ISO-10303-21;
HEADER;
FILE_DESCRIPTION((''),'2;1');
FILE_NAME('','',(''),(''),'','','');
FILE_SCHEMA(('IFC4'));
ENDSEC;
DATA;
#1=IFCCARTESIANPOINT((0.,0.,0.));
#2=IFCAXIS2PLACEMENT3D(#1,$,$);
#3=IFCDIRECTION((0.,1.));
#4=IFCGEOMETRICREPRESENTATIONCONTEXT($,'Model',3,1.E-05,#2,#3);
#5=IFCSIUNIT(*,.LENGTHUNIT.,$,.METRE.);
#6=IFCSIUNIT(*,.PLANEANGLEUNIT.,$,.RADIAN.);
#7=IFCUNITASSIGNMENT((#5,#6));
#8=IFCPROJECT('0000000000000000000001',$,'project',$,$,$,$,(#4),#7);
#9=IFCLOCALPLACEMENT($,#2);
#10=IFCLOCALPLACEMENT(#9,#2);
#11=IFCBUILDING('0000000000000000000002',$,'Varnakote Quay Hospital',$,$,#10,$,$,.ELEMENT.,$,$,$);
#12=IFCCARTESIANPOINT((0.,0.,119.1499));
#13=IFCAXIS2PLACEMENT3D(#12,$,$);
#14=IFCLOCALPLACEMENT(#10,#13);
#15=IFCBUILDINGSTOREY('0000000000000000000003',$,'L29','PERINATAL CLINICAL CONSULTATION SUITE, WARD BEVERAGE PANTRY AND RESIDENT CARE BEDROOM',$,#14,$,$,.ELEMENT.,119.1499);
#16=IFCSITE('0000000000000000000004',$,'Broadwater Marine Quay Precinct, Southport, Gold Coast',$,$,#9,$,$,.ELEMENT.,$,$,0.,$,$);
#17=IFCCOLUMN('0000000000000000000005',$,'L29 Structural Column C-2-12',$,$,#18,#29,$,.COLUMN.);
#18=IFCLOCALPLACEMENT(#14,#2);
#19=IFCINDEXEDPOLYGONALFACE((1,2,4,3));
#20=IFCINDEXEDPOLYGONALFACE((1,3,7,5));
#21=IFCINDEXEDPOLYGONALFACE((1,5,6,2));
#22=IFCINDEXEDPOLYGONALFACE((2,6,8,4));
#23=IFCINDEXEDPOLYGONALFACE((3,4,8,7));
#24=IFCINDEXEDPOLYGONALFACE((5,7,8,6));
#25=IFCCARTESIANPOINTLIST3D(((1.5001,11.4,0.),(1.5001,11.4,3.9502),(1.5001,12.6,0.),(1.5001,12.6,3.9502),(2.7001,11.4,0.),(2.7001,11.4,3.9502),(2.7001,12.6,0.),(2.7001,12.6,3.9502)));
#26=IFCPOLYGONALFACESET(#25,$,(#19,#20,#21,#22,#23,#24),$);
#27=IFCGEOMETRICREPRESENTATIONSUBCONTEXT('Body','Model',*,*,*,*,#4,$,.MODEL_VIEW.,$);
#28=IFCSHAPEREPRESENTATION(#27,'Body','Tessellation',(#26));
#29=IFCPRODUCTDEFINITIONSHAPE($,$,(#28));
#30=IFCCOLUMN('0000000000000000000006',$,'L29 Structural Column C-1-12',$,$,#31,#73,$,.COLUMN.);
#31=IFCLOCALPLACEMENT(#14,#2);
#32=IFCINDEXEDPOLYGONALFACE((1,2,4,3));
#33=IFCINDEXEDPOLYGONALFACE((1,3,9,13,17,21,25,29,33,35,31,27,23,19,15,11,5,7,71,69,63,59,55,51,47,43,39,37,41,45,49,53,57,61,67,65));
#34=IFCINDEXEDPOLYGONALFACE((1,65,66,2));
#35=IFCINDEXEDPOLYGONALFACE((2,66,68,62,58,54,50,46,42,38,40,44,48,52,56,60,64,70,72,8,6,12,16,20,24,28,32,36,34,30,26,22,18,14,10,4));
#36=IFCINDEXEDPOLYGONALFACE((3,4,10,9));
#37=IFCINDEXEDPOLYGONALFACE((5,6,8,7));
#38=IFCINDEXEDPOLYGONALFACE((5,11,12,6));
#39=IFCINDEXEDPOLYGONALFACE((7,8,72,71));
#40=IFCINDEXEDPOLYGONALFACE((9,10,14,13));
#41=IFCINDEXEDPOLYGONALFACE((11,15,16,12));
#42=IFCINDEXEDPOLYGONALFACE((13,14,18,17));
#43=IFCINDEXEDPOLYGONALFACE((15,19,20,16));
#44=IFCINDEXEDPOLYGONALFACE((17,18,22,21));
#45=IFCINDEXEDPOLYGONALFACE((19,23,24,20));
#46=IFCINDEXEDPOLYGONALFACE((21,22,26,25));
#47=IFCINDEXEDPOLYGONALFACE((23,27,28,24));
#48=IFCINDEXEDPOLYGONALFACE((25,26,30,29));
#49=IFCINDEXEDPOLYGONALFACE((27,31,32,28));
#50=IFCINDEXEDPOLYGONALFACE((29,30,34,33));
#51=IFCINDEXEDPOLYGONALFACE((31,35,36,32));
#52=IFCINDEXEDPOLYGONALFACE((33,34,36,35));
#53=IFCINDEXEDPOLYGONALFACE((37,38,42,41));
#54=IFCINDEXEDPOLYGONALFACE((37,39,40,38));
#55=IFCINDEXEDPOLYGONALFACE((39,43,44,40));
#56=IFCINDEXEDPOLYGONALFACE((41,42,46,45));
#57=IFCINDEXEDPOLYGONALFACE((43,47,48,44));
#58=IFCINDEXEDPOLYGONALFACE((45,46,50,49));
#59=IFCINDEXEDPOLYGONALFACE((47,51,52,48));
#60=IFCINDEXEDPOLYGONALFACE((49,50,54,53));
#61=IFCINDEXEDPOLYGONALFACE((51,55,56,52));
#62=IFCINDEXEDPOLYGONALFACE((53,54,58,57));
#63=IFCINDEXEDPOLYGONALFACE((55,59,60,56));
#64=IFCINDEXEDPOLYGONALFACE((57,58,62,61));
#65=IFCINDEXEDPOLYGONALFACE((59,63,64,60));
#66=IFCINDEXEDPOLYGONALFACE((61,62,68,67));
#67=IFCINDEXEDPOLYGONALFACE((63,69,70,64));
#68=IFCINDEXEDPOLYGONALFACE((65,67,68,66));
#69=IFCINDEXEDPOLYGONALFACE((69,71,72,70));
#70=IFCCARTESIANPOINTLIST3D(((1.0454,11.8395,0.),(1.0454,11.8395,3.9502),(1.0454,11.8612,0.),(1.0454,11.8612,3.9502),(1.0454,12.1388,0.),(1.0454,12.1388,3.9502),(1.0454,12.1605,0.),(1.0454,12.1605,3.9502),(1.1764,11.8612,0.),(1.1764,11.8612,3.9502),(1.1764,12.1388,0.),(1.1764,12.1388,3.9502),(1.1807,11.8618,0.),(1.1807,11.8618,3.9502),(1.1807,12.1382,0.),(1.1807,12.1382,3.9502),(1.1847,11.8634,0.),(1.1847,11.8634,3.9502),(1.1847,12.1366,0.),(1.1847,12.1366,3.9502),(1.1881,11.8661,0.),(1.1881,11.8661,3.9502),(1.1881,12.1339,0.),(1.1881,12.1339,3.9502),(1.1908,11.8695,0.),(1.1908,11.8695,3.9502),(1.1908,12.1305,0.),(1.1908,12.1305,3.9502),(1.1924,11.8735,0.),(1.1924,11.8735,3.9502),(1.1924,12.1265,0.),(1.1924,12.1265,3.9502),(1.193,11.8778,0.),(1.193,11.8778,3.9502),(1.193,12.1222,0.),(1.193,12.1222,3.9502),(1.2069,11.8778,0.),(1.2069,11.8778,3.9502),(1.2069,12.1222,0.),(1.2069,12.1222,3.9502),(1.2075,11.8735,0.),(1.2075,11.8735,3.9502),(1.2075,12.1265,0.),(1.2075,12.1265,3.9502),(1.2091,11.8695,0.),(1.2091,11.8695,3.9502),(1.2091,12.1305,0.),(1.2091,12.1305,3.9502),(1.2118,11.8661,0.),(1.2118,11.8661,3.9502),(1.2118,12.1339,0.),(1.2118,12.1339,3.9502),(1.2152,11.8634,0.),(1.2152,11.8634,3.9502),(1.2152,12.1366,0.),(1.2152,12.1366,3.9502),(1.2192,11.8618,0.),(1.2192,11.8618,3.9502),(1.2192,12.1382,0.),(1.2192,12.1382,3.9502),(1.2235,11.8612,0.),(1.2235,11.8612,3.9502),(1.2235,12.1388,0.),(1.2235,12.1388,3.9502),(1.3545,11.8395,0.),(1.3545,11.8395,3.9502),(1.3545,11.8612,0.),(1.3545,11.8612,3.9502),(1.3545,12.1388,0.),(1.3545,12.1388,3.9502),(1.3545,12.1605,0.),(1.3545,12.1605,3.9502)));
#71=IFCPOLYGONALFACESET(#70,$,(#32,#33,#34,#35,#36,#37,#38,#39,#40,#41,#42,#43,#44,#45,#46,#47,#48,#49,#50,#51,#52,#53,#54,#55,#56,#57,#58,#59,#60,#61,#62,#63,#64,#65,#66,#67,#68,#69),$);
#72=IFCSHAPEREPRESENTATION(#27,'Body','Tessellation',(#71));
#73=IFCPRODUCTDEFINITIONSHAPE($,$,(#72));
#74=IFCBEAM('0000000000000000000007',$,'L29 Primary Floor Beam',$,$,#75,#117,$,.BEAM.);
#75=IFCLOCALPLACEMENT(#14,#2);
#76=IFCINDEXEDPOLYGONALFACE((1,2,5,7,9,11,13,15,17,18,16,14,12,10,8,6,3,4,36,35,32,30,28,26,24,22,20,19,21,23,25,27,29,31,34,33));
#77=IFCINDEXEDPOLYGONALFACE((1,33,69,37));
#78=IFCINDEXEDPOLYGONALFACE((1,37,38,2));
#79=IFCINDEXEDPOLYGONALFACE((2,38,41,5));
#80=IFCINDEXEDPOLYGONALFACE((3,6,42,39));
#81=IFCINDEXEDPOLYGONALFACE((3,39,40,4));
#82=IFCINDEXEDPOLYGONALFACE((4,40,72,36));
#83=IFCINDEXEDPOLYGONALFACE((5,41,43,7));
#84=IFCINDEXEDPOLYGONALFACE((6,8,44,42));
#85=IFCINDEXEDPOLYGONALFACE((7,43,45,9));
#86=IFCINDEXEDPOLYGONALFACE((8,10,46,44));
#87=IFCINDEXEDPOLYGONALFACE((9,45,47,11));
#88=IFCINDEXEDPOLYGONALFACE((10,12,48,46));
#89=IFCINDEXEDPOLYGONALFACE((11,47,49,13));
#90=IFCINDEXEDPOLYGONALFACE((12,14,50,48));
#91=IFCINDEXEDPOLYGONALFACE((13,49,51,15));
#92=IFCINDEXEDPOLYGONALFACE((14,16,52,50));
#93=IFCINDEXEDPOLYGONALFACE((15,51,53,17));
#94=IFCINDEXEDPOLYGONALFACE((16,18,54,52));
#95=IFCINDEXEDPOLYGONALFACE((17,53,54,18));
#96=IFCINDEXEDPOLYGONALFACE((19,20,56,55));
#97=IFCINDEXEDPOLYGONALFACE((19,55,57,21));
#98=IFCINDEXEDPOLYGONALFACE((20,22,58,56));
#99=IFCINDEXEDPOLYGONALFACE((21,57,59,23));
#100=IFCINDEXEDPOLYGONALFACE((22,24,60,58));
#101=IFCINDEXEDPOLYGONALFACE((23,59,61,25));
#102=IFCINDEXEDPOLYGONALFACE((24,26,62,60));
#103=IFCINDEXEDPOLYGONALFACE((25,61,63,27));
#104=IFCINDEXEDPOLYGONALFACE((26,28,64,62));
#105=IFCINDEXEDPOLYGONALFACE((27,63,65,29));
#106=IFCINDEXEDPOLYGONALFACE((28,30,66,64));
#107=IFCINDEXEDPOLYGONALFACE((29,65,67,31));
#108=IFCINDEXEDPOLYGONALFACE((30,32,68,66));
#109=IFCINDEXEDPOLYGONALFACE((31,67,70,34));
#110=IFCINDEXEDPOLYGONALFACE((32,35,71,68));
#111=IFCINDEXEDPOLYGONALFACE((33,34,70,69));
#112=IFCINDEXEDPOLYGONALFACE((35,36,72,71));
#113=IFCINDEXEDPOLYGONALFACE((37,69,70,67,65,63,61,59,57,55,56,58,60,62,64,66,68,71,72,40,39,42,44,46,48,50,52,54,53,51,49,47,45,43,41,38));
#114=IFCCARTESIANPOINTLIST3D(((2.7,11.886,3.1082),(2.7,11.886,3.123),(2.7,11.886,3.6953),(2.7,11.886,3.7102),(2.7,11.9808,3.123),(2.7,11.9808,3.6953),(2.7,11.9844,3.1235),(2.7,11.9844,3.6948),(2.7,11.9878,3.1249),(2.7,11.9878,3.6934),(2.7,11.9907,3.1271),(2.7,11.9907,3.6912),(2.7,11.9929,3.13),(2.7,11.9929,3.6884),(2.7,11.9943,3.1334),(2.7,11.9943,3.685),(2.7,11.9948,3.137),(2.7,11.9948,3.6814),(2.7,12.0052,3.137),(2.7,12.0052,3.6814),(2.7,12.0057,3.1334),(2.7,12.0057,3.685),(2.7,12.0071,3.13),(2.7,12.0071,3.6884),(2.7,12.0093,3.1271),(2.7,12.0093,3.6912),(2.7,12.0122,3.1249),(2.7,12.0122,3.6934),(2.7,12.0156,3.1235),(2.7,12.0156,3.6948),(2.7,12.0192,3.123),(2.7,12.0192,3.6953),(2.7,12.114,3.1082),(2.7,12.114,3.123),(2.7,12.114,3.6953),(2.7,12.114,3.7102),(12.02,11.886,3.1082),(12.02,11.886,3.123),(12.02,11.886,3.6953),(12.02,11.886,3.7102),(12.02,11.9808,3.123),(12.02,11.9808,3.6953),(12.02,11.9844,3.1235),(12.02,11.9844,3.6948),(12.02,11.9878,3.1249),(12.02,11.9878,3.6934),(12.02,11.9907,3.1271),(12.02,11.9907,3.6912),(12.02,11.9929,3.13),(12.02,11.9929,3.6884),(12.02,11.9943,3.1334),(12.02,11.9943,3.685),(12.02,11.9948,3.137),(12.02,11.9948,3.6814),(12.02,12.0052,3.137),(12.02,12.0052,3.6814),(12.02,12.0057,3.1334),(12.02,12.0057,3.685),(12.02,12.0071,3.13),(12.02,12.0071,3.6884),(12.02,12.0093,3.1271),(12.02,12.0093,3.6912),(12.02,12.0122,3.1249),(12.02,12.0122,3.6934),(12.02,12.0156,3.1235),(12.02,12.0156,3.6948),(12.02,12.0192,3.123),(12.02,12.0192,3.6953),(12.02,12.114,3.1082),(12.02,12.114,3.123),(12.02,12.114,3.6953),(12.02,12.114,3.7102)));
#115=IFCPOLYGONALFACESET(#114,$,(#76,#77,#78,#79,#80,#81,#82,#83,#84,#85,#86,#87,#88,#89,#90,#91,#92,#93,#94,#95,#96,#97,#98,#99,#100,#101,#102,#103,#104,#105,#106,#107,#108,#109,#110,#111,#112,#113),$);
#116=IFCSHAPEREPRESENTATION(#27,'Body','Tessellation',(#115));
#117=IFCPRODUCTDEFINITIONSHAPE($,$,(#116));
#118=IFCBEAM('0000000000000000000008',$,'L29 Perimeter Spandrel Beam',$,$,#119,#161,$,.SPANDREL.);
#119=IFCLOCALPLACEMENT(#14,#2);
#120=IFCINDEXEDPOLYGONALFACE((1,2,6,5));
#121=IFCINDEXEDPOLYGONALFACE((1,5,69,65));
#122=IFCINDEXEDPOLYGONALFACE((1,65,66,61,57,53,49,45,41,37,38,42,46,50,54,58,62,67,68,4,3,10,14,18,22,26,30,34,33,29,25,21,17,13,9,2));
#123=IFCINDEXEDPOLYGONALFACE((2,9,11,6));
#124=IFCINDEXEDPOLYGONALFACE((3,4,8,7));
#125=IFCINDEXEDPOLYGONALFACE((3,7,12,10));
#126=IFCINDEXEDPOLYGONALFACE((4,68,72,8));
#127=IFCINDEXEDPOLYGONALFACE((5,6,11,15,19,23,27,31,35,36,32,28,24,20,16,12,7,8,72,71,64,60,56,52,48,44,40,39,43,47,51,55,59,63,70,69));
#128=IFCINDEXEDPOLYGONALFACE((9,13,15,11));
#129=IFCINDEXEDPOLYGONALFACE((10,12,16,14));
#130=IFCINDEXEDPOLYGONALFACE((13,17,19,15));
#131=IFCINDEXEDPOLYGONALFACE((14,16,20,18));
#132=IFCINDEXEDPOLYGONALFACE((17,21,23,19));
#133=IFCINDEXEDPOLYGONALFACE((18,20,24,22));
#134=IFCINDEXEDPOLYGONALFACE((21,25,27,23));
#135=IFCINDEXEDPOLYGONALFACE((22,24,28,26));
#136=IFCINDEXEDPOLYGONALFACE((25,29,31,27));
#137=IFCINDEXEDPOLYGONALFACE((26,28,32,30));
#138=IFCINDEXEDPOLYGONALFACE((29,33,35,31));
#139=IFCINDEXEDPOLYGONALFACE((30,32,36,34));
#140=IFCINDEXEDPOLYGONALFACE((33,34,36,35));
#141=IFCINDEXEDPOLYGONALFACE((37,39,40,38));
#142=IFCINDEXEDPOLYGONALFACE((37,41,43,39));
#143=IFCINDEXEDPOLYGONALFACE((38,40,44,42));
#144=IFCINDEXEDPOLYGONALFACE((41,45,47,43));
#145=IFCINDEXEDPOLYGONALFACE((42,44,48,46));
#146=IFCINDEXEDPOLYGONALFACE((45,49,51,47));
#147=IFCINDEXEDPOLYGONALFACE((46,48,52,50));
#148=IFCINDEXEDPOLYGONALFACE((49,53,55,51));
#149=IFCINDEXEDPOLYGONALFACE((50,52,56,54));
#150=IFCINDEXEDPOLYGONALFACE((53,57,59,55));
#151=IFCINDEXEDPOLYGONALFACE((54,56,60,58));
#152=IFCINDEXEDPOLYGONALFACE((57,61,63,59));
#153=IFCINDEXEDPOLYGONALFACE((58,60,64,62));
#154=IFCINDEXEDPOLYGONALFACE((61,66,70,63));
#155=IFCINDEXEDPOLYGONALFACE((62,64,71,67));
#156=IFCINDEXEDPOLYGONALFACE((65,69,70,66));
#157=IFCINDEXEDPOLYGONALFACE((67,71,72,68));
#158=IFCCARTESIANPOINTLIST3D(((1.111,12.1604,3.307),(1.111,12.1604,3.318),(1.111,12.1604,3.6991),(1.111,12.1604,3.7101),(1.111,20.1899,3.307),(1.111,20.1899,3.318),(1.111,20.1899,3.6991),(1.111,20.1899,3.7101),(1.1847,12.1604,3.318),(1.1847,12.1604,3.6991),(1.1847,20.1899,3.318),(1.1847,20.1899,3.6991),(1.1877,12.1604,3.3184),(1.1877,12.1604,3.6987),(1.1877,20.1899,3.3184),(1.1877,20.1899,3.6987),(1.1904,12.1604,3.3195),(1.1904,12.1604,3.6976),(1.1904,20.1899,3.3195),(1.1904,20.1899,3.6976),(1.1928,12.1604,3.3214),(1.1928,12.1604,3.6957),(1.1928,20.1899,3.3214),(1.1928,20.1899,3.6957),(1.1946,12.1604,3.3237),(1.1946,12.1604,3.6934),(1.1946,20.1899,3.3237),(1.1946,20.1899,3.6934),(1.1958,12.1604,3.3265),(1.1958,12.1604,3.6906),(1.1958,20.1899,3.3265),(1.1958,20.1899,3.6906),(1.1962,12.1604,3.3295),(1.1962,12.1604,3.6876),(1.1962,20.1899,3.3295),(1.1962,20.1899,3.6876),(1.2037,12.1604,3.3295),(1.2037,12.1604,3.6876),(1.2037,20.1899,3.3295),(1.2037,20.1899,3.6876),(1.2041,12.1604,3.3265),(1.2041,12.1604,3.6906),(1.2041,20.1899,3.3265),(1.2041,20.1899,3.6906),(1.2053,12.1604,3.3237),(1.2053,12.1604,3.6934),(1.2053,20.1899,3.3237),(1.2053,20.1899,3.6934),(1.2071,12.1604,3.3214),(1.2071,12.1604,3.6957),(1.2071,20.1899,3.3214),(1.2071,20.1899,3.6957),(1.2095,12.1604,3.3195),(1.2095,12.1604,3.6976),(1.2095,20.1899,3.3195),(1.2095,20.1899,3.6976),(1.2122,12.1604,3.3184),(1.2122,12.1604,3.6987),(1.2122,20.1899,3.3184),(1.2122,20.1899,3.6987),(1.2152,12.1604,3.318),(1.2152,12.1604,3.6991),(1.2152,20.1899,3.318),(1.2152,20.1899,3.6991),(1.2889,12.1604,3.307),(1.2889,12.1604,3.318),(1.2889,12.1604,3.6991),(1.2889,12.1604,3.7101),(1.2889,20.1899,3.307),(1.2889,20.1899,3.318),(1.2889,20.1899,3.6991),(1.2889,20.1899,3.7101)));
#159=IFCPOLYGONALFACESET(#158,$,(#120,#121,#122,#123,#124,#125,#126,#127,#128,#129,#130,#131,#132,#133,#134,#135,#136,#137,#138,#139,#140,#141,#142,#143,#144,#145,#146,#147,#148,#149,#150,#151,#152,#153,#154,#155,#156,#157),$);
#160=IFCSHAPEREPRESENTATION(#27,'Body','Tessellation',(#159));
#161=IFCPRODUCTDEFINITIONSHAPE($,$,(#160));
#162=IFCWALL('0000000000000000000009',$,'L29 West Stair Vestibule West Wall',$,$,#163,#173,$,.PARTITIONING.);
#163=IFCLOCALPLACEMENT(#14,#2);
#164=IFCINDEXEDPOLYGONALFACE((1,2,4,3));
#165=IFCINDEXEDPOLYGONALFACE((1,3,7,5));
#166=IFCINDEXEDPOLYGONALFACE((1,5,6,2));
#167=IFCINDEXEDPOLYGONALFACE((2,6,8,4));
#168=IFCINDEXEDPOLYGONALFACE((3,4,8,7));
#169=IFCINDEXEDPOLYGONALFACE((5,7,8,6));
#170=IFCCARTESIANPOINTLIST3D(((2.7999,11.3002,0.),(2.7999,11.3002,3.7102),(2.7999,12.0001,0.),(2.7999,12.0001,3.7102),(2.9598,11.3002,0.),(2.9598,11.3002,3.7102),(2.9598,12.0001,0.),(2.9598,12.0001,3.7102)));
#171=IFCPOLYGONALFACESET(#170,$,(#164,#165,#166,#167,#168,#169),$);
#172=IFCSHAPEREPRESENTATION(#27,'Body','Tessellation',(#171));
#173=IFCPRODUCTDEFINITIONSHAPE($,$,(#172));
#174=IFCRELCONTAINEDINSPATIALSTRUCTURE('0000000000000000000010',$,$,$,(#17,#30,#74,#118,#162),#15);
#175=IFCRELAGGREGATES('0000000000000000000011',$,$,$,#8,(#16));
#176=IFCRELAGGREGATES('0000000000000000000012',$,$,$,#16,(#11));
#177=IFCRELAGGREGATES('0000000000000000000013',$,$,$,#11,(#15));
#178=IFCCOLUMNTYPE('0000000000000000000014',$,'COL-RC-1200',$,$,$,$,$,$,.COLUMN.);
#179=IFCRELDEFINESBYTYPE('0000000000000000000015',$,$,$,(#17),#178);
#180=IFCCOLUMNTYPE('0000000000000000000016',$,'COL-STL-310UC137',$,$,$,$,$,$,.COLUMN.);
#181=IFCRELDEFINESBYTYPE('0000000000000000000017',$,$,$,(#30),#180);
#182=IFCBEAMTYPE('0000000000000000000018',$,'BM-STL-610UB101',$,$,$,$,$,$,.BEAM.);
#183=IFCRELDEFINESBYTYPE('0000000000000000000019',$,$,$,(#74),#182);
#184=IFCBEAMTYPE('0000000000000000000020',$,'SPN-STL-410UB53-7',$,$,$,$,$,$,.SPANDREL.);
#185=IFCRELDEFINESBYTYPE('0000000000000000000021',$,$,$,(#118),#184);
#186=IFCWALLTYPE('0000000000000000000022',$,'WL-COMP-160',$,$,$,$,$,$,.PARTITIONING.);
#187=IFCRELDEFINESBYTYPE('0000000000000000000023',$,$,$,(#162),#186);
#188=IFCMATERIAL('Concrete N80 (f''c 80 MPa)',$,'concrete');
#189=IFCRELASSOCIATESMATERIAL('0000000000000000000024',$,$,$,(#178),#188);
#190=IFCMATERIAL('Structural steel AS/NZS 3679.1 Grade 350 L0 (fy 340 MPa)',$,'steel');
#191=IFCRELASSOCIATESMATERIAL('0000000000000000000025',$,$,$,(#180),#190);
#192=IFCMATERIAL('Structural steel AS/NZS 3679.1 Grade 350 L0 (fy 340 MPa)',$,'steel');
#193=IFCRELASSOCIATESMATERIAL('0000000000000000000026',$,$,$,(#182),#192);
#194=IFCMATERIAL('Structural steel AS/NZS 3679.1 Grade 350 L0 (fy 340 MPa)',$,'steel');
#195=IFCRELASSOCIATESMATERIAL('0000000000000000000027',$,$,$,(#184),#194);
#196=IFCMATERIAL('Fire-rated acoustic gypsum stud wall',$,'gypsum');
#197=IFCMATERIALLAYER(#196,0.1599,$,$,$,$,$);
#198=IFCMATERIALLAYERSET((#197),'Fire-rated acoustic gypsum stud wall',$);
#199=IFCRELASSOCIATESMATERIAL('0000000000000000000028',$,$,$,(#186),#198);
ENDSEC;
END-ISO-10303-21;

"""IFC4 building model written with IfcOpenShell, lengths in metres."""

from ifc_helpers import new_model, si_unit, direction, frame, frame_2d, origin, origin_2d, place, context, subcontext, project, spatial, rectangle, i_section, extrude, material, layer, layer_set, material_profile, profile_set, type_object, element, save


model = new_model("IFC4")

# Units and contexts
model_context = context("Model", 3, precision=1e-05, world=origin(), true_north=direction((0.0, 1.0)))
body_context = subcontext(model_context, "Body", "Model", "MODEL_VIEW")
ifc_project = project(units=[si_unit("LENGTHUNIT", "METRE"), si_unit("PLANEANGLEUNIT", "RADIAN")], contexts=[model_context])

# Site, building, storey
site_placement = place(None, origin())
site = spatial("IfcSite", under=ifc_project, at=site_placement, Name="Broadwater Marine Quay Precinct, Southport, Gold Coast", CompositionType="ELEMENT", RefElevation=0.0)
building_placement = place(site_placement, origin())
building = spatial("IfcBuilding", under=site, at=building_placement, Name="Varnakote Quay Hospital", CompositionType="ELEMENT")
storey_placement = place(building_placement, frame((0.0, 0.0, 119.1499)))
storey = spatial("IfcBuildingStorey", under=building, at=storey_placement, Name="L29", Description="PERINATAL CLINICAL CONSULTATION SUITE, WARD BEVERAGE PANTRY AND RESIDENT CARE BEDROOM", CompositionType="ELEMENT", Elevation=119.1499)

# Columns
ifc_material_1 = material(Name="Concrete N80 (f'c 80 MPa)", Category="concrete")
ifc_material_profile_1 = material_profile(ifc_material_1, rectangle(XDim=1.2, YDim=1.2, at=origin_2d()), Name="RC-COL-1200x1200")
ifc_profile_set_1 = profile_set([ifc_material_profile_1], Name="Concrete N80 (f'c 80 MPa)")
column_type_1 = type_object("IfcColumnType", Name="COL-RC-1200", PredefinedType="COLUMN", material=ifc_profile_set_1)
column_1_placement = place(storey_placement, frame((2.1001, 12.0, 0.0), z_axis=(0.0, 0.0, 1.0), x_axis=(1.0, 0.0, 0.0)))
element("IfcColumn", 1, at=column_1_placement, inside=storey, type_object=column_type_1, Name="L29 Structural Column C-2-12", PredefinedType="COLUMN", context=body_context, shape_type="SweptSolid", body=[
    extrude(rectangle(XDim=1.2, YDim=1.2, at=origin_2d()), origin(), (0.0, 0.0, 1.0), 3.9502),
])
ifc_material_2 = material(Name="Structural steel AS/NZS 3679.1 Grade 350 L0 (fy 340 MPa)", Category="steel")
ifc_material_profile_2 = material_profile(ifc_material_2, i_section(OverallWidth=0.3091, OverallDepth=0.321, WebThickness=0.0139, FlangeThickness=0.0217, FilletRadius=0.0166, at=origin_2d()), Name="310UC137")
ifc_profile_set_2 = profile_set([ifc_material_profile_2], Name="Structural steel AS/NZS 3679.1 Grade 350 L0 (fy 340 MPa)")
column_type_2 = type_object("IfcColumnType", Name="COL-STL-310UC137", PredefinedType="COLUMN", material=ifc_profile_set_2)
column_2_placement = place(storey_placement, frame((1.2, 12.0, 0.0), z_axis=(0.0, 0.0, 1.0), x_axis=(1.0, 0.0, 0.0)))
element("IfcColumn", 2, at=column_2_placement, inside=storey, type_object=column_type_2, Name="L29 Structural Column C-1-12", PredefinedType="COLUMN", context=body_context, shape_type="SweptSolid", body=[
    extrude(i_section(OverallWidth=0.3091, OverallDepth=0.321, WebThickness=0.0139, FlangeThickness=0.0217, FilletRadius=0.0166, at=origin_2d()), origin(), (0.0, 0.0, 1.0), 3.9502),
])

# Beams
ifc_material_3 = material(Name="Structural steel AS/NZS 3679.1 Grade 350 L0 (fy 340 MPa)", Category="steel")
ifc_material_profile_3 = material_profile(ifc_material_3, i_section(OverallWidth=0.228, OverallDepth=0.6021, WebThickness=0.0105, FlangeThickness=0.0149, FilletRadius=0.0139, at=origin_2d()), Name="610UB101")
ifc_profile_set_3 = profile_set([ifc_material_profile_3], Name="Structural steel AS/NZS 3679.1 Grade 350 L0 (fy 340 MPa)")
beam_type_1 = type_object("IfcBeamType", Name="BM-STL-610UB101", PredefinedType="BEAM", material=ifc_profile_set_3)
beam_1_placement = place(storey_placement, frame((2.7, 12.0, 3.4092), z_axis=(1.0, 0.0, 0.0), x_axis=(0.0, 1.0, 0.0)))
element("IfcBeam", 3, at=beam_1_placement, inside=storey, type_object=beam_type_1, Name="L29 Primary Floor Beam", PredefinedType="BEAM", context=body_context, shape_type="SweptSolid", body=[
    extrude(i_section(OverallWidth=0.228, OverallDepth=0.6021, WebThickness=0.0105, FlangeThickness=0.0149, FilletRadius=0.0139, at=origin_2d()), origin(), (0.0, 0.0, 1.0), 9.3201),
])
ifc_material_4 = material(Name="Structural steel AS/NZS 3679.1 Grade 350 L0 (fy 340 MPa)", Category="steel")
ifc_material_profile_4 = material_profile(ifc_material_4, i_section(OverallWidth=0.178, OverallDepth=0.4031, WebThickness=0.0076, FlangeThickness=0.011, FilletRadius=0.0115, at=origin_2d()), Name="410UB53.7")
ifc_profile_set_4 = profile_set([ifc_material_profile_4], Name="Structural steel AS/NZS 3679.1 Grade 350 L0 (fy 340 MPa)")
beam_type_2 = type_object("IfcBeamType", Name="SPN-STL-410UB53-7", PredefinedType="SPANDREL", material=ifc_profile_set_4)
beam_2_placement = place(storey_placement, frame((1.2, 12.1604, 3.5085), z_axis=(0.0, 1.0, 0.0), x_axis=(-1.0, 0.0, 0.0)))
element("IfcBeam", 4, at=beam_2_placement, inside=storey, type_object=beam_type_2, Name="L29 Perimeter Spandrel Beam", PredefinedType="SPANDREL", context=body_context, shape_type="SweptSolid", body=[
    extrude(i_section(OverallWidth=0.178, OverallDepth=0.4031, WebThickness=0.0076, FlangeThickness=0.011, FilletRadius=0.0115, at=origin_2d()), origin(), (0.0, 0.0, 1.0), 8.0295),
])

# Wall
ifc_material_5 = material(Name="Fire-rated acoustic gypsum stud wall", Category="gypsum")
ifc_layer_1 = layer(ifc_material_5, 0.1599)
ifc_layer_set_1 = layer_set([ifc_layer_1], Name="Fire-rated acoustic gypsum stud wall")
wall_type_1 = type_object("IfcWallType", Name="WL-COMP-160", PredefinedType="PARTITIONING", material=ifc_layer_set_1)
wall_1_placement = place(storey_placement, frame((2.8799, 11.3, 0.0), z_axis=(0.0, 0.0, 1.0), x_axis=(0.0, 1.0, 0.0)))
element("IfcWall", 5, at=wall_1_placement, inside=storey, type_object=wall_type_1, Name="L29 West Stair Vestibule West Wall", PredefinedType="PARTITIONING", context=body_context, shape_type="SweptSolid", body=[
    extrude(rectangle(XDim=0.7, YDim=0.1599, at=frame_2d((0.3501, 0.0))), origin(), (0.0, 0.0, 1.0), 3.7102),
])

save(model, "model.ifc")
